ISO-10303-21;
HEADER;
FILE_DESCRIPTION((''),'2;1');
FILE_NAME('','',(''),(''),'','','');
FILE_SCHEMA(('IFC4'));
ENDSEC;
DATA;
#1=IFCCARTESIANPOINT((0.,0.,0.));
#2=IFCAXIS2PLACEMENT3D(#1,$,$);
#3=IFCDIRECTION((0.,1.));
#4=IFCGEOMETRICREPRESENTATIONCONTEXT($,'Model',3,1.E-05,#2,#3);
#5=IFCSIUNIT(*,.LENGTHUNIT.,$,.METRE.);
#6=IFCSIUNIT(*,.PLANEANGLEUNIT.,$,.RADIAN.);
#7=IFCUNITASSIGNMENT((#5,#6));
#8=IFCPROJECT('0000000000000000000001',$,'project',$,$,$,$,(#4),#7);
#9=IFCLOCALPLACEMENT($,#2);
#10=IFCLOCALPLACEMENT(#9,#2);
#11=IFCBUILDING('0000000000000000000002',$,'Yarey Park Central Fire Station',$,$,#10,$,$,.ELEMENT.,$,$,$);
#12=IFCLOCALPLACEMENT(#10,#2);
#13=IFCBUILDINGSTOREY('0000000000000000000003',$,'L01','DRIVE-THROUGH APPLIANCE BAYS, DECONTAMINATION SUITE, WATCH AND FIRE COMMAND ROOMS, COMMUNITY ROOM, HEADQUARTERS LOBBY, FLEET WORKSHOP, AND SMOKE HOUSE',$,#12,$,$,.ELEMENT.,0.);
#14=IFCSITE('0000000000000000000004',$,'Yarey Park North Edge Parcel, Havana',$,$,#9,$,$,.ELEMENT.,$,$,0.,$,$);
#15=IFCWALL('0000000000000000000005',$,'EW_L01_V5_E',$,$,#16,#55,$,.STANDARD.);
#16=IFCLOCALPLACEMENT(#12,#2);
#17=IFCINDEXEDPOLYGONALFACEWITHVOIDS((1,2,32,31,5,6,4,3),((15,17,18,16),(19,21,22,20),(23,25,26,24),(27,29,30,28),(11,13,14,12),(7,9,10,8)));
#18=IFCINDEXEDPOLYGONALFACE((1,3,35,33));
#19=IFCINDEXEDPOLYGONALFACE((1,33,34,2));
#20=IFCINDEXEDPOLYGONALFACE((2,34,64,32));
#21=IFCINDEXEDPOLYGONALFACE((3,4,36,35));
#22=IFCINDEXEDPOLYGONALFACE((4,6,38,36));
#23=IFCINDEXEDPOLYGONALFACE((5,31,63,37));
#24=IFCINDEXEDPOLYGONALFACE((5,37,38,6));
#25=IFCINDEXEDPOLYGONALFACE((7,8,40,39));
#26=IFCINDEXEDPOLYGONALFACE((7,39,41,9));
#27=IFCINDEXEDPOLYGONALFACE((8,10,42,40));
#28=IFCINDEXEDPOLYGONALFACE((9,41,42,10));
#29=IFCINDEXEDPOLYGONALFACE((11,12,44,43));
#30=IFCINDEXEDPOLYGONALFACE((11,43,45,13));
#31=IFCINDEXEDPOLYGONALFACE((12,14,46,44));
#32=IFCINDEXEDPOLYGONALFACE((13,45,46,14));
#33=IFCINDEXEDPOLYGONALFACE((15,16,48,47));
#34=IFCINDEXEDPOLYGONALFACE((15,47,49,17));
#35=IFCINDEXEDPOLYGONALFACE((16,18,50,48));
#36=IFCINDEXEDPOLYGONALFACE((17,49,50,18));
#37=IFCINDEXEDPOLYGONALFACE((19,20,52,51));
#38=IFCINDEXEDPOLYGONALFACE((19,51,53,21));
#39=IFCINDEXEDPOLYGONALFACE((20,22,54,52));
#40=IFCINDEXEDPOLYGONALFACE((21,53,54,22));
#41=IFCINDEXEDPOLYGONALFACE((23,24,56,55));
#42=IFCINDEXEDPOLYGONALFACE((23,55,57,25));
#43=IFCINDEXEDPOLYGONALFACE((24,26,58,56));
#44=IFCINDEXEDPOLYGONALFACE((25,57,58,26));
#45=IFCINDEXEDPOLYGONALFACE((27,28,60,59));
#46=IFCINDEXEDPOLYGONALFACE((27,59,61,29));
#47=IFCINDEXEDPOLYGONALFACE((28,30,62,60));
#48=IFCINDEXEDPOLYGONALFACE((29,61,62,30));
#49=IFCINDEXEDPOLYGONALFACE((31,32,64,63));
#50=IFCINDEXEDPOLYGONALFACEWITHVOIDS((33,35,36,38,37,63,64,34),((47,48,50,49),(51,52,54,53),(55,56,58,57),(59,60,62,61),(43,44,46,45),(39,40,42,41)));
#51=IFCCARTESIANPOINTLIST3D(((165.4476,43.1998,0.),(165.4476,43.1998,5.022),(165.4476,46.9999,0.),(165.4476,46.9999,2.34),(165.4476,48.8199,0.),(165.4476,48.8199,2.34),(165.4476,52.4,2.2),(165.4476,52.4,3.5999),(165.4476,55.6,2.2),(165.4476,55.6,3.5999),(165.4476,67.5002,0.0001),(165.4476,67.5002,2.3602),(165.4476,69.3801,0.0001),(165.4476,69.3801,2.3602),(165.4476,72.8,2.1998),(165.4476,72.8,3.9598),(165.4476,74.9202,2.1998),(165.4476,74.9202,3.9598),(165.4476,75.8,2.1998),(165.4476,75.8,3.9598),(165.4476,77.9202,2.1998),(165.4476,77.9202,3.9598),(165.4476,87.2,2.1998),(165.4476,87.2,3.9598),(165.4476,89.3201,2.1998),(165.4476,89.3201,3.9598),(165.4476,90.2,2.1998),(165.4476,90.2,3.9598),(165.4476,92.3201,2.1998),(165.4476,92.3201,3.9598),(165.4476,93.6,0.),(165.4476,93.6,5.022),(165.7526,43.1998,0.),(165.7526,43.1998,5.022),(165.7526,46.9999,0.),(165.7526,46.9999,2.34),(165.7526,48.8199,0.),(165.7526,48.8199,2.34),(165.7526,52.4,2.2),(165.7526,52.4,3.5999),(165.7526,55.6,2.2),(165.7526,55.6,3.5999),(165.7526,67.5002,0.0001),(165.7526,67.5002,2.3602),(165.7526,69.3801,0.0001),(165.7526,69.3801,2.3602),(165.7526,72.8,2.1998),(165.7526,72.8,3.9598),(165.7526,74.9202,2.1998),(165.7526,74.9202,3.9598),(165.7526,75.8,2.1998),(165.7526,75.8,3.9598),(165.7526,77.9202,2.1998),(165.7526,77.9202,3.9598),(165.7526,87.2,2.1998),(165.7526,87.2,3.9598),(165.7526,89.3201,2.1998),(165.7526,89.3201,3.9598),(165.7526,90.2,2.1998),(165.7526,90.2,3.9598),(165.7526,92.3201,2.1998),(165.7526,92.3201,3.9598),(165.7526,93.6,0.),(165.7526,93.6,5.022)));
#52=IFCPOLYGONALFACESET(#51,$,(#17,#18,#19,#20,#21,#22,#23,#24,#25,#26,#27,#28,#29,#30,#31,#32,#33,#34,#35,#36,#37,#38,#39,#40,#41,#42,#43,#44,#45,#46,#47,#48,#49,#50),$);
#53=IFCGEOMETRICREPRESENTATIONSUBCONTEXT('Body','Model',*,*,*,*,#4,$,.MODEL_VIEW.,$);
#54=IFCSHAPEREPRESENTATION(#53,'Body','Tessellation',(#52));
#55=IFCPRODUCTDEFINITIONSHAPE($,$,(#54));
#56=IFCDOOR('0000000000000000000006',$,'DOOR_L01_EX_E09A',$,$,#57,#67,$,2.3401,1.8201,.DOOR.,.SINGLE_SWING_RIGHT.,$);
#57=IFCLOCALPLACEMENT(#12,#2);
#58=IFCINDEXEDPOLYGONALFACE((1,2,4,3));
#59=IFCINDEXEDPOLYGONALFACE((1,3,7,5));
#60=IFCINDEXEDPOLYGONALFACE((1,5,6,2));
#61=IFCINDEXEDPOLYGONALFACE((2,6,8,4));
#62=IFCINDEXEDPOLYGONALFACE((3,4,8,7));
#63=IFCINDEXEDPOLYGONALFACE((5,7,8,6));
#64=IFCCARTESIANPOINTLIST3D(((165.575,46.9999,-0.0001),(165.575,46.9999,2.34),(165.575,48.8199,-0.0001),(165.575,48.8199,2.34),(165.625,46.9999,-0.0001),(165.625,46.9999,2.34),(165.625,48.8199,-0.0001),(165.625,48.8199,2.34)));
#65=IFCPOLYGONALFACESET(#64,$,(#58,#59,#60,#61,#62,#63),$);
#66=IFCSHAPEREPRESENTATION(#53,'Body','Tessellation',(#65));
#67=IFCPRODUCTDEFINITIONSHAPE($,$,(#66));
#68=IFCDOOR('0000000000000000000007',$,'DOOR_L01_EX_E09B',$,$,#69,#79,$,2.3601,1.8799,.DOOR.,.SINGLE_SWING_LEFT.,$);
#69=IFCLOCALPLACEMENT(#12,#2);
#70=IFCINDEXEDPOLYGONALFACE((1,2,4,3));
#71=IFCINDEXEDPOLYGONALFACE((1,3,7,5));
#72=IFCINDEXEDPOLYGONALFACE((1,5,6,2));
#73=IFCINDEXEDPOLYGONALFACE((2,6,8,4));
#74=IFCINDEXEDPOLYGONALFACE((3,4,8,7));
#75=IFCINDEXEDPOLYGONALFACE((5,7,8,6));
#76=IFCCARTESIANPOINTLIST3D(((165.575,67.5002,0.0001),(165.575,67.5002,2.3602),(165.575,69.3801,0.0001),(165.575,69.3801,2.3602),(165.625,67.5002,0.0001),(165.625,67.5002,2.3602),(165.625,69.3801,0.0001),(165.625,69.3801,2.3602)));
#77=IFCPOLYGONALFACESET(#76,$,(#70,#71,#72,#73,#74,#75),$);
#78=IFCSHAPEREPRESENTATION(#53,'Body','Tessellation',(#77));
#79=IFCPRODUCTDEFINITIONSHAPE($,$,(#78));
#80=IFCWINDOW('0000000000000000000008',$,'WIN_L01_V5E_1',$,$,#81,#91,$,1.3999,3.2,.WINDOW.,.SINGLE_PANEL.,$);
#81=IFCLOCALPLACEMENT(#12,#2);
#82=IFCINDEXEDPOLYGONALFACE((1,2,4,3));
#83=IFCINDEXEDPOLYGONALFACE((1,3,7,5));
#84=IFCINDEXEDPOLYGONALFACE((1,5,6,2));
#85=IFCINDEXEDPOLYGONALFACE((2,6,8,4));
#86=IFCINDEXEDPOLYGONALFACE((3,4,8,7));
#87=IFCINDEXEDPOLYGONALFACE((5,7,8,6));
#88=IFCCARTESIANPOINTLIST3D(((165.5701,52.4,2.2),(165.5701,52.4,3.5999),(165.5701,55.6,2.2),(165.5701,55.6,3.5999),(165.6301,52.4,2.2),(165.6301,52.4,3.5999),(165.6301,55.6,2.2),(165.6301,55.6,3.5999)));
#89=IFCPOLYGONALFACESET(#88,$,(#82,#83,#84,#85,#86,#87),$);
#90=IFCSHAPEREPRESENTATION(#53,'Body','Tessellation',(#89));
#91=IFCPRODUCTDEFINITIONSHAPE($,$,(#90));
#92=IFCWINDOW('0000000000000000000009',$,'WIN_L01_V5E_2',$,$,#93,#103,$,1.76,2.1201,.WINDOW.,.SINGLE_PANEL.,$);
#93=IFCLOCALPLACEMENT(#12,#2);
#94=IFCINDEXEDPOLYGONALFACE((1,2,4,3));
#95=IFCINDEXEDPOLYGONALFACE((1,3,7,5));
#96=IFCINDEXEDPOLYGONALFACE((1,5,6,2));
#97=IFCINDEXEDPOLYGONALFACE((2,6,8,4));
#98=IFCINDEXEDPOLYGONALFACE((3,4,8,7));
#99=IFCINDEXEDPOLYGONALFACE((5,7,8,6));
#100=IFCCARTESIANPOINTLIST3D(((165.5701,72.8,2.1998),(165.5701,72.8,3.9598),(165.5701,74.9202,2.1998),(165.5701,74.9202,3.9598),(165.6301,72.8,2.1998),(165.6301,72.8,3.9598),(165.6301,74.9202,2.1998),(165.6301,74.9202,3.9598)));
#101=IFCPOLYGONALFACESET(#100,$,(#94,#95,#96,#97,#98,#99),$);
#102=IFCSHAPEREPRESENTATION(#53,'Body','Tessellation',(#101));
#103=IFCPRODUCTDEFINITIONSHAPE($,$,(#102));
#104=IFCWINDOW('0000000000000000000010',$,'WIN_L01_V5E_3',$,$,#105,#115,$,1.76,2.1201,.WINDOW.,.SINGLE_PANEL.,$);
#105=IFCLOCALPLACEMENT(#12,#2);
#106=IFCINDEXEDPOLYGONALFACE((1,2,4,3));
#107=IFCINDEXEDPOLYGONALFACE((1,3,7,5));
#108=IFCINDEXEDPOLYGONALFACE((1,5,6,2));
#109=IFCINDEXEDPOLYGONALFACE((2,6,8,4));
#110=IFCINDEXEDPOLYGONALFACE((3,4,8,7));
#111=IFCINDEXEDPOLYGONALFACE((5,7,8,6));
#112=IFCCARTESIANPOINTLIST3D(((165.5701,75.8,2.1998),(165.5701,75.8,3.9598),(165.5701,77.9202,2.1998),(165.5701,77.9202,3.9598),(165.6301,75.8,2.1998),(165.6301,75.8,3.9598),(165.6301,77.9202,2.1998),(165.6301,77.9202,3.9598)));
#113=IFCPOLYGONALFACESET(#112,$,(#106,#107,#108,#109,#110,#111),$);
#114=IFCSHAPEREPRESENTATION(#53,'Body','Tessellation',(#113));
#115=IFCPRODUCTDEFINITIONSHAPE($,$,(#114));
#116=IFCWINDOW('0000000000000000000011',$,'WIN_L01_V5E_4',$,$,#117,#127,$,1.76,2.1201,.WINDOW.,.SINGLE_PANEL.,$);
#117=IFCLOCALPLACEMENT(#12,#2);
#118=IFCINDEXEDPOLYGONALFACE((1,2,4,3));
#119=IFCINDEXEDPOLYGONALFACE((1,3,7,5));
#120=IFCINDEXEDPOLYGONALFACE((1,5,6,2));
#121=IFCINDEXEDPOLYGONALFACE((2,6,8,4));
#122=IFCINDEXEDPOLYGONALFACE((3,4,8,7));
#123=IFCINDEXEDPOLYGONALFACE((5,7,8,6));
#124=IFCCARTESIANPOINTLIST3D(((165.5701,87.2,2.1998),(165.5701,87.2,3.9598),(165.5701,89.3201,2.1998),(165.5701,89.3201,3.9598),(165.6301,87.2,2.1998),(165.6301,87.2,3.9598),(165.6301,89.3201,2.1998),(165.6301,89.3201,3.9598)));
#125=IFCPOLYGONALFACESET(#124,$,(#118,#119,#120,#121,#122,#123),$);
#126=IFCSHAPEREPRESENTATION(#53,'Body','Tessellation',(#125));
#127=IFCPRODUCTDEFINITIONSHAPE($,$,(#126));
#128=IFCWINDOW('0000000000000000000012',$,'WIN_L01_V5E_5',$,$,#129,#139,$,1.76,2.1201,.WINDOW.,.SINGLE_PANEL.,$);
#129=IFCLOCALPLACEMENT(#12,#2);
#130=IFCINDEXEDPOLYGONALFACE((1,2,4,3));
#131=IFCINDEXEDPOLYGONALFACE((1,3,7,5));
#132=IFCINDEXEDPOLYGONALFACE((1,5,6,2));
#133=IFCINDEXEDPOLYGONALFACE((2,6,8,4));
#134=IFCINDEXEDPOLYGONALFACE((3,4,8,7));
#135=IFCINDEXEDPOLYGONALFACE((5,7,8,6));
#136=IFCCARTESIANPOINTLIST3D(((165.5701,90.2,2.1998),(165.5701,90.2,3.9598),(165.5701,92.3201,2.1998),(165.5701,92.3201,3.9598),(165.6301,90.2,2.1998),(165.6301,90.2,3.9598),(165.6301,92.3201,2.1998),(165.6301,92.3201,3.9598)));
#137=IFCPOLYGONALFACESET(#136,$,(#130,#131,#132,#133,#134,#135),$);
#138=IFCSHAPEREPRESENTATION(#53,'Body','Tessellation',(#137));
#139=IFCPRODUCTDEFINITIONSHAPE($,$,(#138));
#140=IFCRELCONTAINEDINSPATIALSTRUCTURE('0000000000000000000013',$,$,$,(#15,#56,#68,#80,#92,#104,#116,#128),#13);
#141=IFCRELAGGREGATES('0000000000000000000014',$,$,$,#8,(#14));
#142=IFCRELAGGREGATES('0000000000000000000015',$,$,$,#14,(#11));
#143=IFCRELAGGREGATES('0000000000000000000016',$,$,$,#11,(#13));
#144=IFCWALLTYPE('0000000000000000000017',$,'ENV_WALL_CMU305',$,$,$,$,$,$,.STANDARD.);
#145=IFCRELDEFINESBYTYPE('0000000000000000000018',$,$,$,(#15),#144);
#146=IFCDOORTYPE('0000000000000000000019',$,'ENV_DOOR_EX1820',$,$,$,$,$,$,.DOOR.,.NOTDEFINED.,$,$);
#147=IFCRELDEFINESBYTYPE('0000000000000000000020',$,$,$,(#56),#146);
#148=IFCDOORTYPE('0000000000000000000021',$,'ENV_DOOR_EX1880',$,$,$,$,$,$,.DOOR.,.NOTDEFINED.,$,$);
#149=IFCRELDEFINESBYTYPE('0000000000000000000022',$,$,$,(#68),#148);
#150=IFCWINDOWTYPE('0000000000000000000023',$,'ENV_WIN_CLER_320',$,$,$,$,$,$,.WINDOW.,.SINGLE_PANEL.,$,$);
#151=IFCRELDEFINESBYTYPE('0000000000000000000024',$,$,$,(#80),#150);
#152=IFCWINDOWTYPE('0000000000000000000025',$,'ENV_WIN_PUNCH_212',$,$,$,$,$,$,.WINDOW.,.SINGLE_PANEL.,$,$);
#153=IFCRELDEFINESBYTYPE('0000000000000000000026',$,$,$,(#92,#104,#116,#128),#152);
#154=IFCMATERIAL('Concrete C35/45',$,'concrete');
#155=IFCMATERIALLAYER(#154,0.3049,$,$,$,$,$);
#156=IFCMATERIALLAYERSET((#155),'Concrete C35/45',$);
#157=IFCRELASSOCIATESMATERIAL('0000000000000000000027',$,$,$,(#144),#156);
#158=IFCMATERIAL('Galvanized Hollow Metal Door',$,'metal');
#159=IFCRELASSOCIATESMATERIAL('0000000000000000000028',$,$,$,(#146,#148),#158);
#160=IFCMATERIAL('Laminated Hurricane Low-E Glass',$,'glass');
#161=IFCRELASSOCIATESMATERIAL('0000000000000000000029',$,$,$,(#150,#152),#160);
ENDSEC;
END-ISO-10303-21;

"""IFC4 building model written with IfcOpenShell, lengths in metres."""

from ifc_helpers import new_model, si_unit, direction, frame, frame_2d, origin, place, context, subcontext, project, spatial, rectangle, extrude, material, layer, layer_set, type_object, element, fill, save


model = new_model("IFC4")

# Units and contexts
model_context = context("Model", 3, precision=1e-05, world=origin(), true_north=direction((0.0, 1.0)))
body_context = subcontext(model_context, "Body", "Model", "MODEL_VIEW")
ifc_project = project(units=[si_unit("LENGTHUNIT", "METRE"), si_unit("PLANEANGLEUNIT", "RADIAN")], contexts=[model_context])

# Site, building, storey
site_placement = place(None, origin())
site = spatial("IfcSite", under=ifc_project, at=site_placement, Name="Yarey Park North Edge Parcel, Havana", CompositionType="ELEMENT", RefElevation=0.0)
building_placement = place(site_placement, origin())
building = spatial("IfcBuilding", under=site, at=building_placement, Name="Yarey Park Central Fire Station", CompositionType="ELEMENT")
storey_placement = place(building_placement, origin())
storey = spatial("IfcBuildingStorey", under=building, at=storey_placement, Name="L01", Description="DRIVE-THROUGH APPLIANCE BAYS, DECONTAMINATION SUITE, WATCH AND FIRE COMMAND ROOMS, COMMUNITY ROOM, HEADQUARTERS LOBBY, FLEET WORKSHOP, AND SMOKE HOUSE", CompositionType="ELEMENT", Elevation=0.0)

# Shared definitions
ifc_material_1 = material(Name="Concrete C35/45", Category="concrete")

# Shared definitions
ifc_layer_1 = layer(ifc_material_1, 0.3049)
ifc_layer_set_1 = layer_set([ifc_layer_1], Name="Concrete C35/45")
wall_type_1 = type_object("IfcWallType", Name="ENV_WALL_CMU305", PredefinedType="STANDARD", material=ifc_layer_set_1)
ifc_material_2 = material(Name="Laminated Hurricane Low-E Glass", Category="glass")

# Wall, openings, doors, windows
wall_1_placement = place(storey_placement, frame((165.6001, 93.6001, 0.0), z_axis=(0.0, 0.0, 1.0), x_axis=(0.0, -1.0, 0.0)))
wall_1 = element("IfcWall", 1, at=wall_1_placement, inside=storey, type_object=wall_type_1, Name="EW_L01_V5_E", PredefinedType="STANDARD", context=body_context, shape_type="SweptSolid", body=[
    extrude(rectangle(XDim=50.4001, YDim=0.3049, at=frame_2d((25.2002, 0.0))), origin(), (0.0, 0.0, 1.0), 5.022),
])
opening_1_placement = place(wall_1_placement, frame((44.78, 0.0, 0.0)))
opening_1 = element("IfcOpeningElement", 2, at=opening_1_placement, cuts=wall_1, PredefinedType="OPENING", context=body_context, shape_type="SweptSolid", body=[
    extrude(rectangle(XDim=1.8201, YDim=2.3401, at=frame_2d((0.9102, 1.1699))), frame((0.0, 0.1624, 0.0), z_axis=(0.0, -1.0, 0.0), x_axis=(1.0, 0.0, 0.0)), (0.0, 0.0, 1.0), 0.325),
])
opening_2_placement = place(wall_1_placement, frame((24.22, 0.0, 0.0)))
opening_2 = element("IfcOpeningElement", 3, at=opening_2_placement, cuts=wall_1, PredefinedType="OPENING", context=body_context, shape_type="SweptSolid", body=[
    extrude(rectangle(XDim=1.8799, YDim=2.3601, at=frame_2d((0.9399, 1.1802))), frame((0.0, 0.1624, 0.0), z_axis=(0.0, -1.0, 0.0), x_axis=(1.0, 0.0, 0.0)), (0.0, 0.0, 1.0), 0.325),
])
opening_3_placement = place(wall_1_placement, frame((38.0, 0.0, 2.2)))
opening_3 = element("IfcOpeningElement", 4, at=opening_3_placement, cuts=wall_1, PredefinedType="OPENING", context=body_context, shape_type="SweptSolid", body=[
    extrude(rectangle(XDim=3.2, YDim=1.3999, at=frame_2d((1.6001, 0.7))), frame((0.0, 0.1624, 0.0), z_axis=(0.0, -1.0, 0.0), x_axis=(1.0, 0.0, 0.0)), (0.0, 0.0, 1.0), 0.325),
])
opening_4_placement = place(wall_1_placement, frame((18.6799, 0.0, 2.2)))
opening_4 = element("IfcOpeningElement", 5, at=opening_4_placement, cuts=wall_1, PredefinedType="OPENING", context=body_context, shape_type="SweptSolid", body=[
    extrude(rectangle(XDim=2.1201, YDim=1.76, at=frame_2d((1.0601, 0.8799))), frame((0.0, 0.1624, 0.0), z_axis=(0.0, -1.0, 0.0), x_axis=(1.0, 0.0, 0.0)), (0.0, 0.0, 1.0), 0.325),
])
opening_5_placement = place(wall_1_placement, frame((15.6799, 0.0, 2.2)))
opening_5 = element("IfcOpeningElement", 6, at=opening_5_placement, cuts=wall_1, PredefinedType="OPENING", context=body_context, shape_type="SweptSolid", body=[
    extrude(rectangle(XDim=2.1201, YDim=1.76, at=frame_2d((1.0601, 0.8799))), frame((0.0, 0.1624, 0.0), z_axis=(0.0, -1.0, 0.0), x_axis=(1.0, 0.0, 0.0)), (0.0, 0.0, 1.0), 0.325),
])
opening_6_placement = place(wall_1_placement, frame((4.28, 0.0, 2.2)))
opening_6 = element("IfcOpeningElement", 7, at=opening_6_placement, cuts=wall_1, PredefinedType="OPENING", context=body_context, shape_type="SweptSolid", body=[
    extrude(rectangle(XDim=2.1201, YDim=1.76, at=frame_2d((1.0601, 0.8799))), frame((0.0, 0.1624, 0.0), z_axis=(0.0, -1.0, 0.0), x_axis=(1.0, 0.0, 0.0)), (0.0, 0.0, 1.0), 0.325),
])
opening_7_placement = place(wall_1_placement, frame((1.28, 0.0, 2.2)))
opening_7 = element("IfcOpeningElement", 8, at=opening_7_placement, cuts=wall_1, PredefinedType="OPENING", context=body_context, shape_type="SweptSolid", body=[
    extrude(rectangle(XDim=2.1201, YDim=1.76, at=frame_2d((1.0601, 0.8799))), frame((0.0, 0.1624, 0.0), z_axis=(0.0, -1.0, 0.0), x_axis=(1.0, 0.0, 0.0)), (0.0, 0.0, 1.0), 0.325),
])
ifc_material_3 = material(Name="Galvanized Hollow Metal Door", Category="metal")
door_type_1 = type_object("IfcDoorType", Name="ENV_DOOR_EX1820", OperationType="NOTDEFINED", PredefinedType="DOOR", material=ifc_material_3)
door_1_placement = place(opening_1_placement, origin())
door_1 = element("IfcDoor", 9, at=door_1_placement, inside=storey, type_object=door_type_1, Name="DOOR_L01_EX_E09A", OperationType="SINGLE_SWING_RIGHT", OverallHeight=2.3401, OverallWidth=1.8201, PredefinedType="DOOR", context=body_context, shape_type="SweptSolid", body=[
    extrude(rectangle(XDim=1.8201, YDim=2.3401, at=frame_2d((0.9102, 1.1699))), frame((0.0, 0.0249, 0.0), z_axis=(0.0, -1.0, 0.0), x_axis=(1.0, 0.0, 0.0)), (0.0, 0.0, 1.0), 0.05),
])
fill(opening_1, door_1)
door_type_2 = type_object("IfcDoorType", Name="ENV_DOOR_EX1880", OperationType="NOTDEFINED", PredefinedType="DOOR", material=ifc_material_3)
door_2_placement = place(opening_2_placement, origin())
door_2 = element("IfcDoor", 10, at=door_2_placement, inside=storey, type_object=door_type_2, Name="DOOR_L01_EX_E09B", OperationType="SINGLE_SWING_LEFT", OverallHeight=2.3601, OverallWidth=1.8799, PredefinedType="DOOR", context=body_context, shape_type="SweptSolid", body=[
    extrude(rectangle(XDim=1.8799, YDim=2.3601, at=frame_2d((0.9399, 1.1802))), frame((0.0, 0.0249, 0.0), z_axis=(0.0, -1.0, 0.0), x_axis=(1.0, 0.0, 0.0)), (0.0, 0.0, 1.0), 0.05),
])
fill(opening_2, door_2)
window_type_1 = type_object("IfcWindowType", Name="ENV_WIN_CLER_320", PartitioningType="SINGLE_PANEL", PredefinedType="WINDOW", material=ifc_material_2)
window_1_placement = place(opening_3_placement, origin())
window_1 = element("IfcWindow", 11, at=window_1_placement, inside=storey, type_object=window_type_1, Name="WIN_L01_V5E_1", OverallHeight=1.3999, OverallWidth=3.2, PartitioningType="SINGLE_PANEL", PredefinedType="WINDOW", context=body_context, shape_type="SweptSolid", body=[
    extrude(rectangle(XDim=3.2, YDim=1.3999, at=frame_2d((1.6001, 0.7))), frame((0.0, 0.03, 0.0), z_axis=(0.0, -1.0, 0.0), x_axis=(1.0, 0.0, 0.0)), (0.0, 0.0, 1.0), 0.0601),
])
fill(opening_3, window_1)
window_type_2 = type_object("IfcWindowType", Name="ENV_WIN_PUNCH_212", PartitioningType="SINGLE_PANEL", PredefinedType="WINDOW", material=ifc_material_2)
window_2_placement = place(opening_4_placement, origin())
window_2 = element("IfcWindow", 12, at=window_2_placement, inside=storey, type_object=window_type_2, Name="WIN_L01_V5E_2", OverallHeight=1.76, OverallWidth=2.1201, PartitioningType="SINGLE_PANEL", PredefinedType="WINDOW", context=body_context, shape_type="SweptSolid", body=[
    extrude(rectangle(XDim=2.1201, YDim=1.76, at=frame_2d((1.0601, 0.8799))), frame((0.0, 0.03, 0.0), z_axis=(0.0, -1.0, 0.0), x_axis=(1.0, 0.0, 0.0)), (0.0, 0.0, 1.0), 0.0601),
])
fill(opening_4, window_2)
window_3_placement = place(opening_5_placement, origin())
window_3 = element("IfcWindow", 13, at=window_3_placement, inside=storey, type_object=window_type_2, Name="WIN_L01_V5E_3", OverallHeight=1.76, OverallWidth=2.1201, PartitioningType="SINGLE_PANEL", PredefinedType="WINDOW", context=body_context, shape_type="SweptSolid", body=[
    extrude(rectangle(XDim=2.1201, YDim=1.76, at=frame_2d((1.0601, 0.8799))), frame((0.0, 0.03, 0.0), z_axis=(0.0, -1.0, 0.0), x_axis=(1.0, 0.0, 0.0)), (0.0, 0.0, 1.0), 0.0601),
])
fill(opening_5, window_3)
window_4_placement = place(opening_6_placement, origin())
window_4 = element("IfcWindow", 14, at=window_4_placement, inside=storey, type_object=window_type_2, Name="WIN_L01_V5E_4", OverallHeight=1.76, OverallWidth=2.1201, PartitioningType="SINGLE_PANEL", PredefinedType="WINDOW", context=body_context, shape_type="SweptSolid", body=[
    extrude(rectangle(XDim=2.1201, YDim=1.76, at=frame_2d((1.0601, 0.8799))), frame((0.0, 0.03, 0.0), z_axis=(0.0, -1.0, 0.0), x_axis=(1.0, 0.0, 0.0)), (0.0, 0.0, 1.0), 0.0601),
])
fill(opening_6, window_4)
window_5_placement = place(opening_7_placement, origin())
window_5 = element("IfcWindow", 15, at=window_5_placement, inside=storey, type_object=window_type_2, Name="WIN_L01_V5E_5", OverallHeight=1.76, OverallWidth=2.1201, PartitioningType="SINGLE_PANEL", PredefinedType="WINDOW", context=body_context, shape_type="SweptSolid", body=[
    extrude(rectangle(XDim=2.1201, YDim=1.76, at=frame_2d((1.0601, 0.8799))), frame((0.0, 0.03, 0.0), z_axis=(0.0, -1.0, 0.0), x_axis=(1.0, 0.0, 0.0)), (0.0, 0.0, 1.0), 0.0601),
])
fill(opening_7, window_5)

save(model, "model.ifc")
